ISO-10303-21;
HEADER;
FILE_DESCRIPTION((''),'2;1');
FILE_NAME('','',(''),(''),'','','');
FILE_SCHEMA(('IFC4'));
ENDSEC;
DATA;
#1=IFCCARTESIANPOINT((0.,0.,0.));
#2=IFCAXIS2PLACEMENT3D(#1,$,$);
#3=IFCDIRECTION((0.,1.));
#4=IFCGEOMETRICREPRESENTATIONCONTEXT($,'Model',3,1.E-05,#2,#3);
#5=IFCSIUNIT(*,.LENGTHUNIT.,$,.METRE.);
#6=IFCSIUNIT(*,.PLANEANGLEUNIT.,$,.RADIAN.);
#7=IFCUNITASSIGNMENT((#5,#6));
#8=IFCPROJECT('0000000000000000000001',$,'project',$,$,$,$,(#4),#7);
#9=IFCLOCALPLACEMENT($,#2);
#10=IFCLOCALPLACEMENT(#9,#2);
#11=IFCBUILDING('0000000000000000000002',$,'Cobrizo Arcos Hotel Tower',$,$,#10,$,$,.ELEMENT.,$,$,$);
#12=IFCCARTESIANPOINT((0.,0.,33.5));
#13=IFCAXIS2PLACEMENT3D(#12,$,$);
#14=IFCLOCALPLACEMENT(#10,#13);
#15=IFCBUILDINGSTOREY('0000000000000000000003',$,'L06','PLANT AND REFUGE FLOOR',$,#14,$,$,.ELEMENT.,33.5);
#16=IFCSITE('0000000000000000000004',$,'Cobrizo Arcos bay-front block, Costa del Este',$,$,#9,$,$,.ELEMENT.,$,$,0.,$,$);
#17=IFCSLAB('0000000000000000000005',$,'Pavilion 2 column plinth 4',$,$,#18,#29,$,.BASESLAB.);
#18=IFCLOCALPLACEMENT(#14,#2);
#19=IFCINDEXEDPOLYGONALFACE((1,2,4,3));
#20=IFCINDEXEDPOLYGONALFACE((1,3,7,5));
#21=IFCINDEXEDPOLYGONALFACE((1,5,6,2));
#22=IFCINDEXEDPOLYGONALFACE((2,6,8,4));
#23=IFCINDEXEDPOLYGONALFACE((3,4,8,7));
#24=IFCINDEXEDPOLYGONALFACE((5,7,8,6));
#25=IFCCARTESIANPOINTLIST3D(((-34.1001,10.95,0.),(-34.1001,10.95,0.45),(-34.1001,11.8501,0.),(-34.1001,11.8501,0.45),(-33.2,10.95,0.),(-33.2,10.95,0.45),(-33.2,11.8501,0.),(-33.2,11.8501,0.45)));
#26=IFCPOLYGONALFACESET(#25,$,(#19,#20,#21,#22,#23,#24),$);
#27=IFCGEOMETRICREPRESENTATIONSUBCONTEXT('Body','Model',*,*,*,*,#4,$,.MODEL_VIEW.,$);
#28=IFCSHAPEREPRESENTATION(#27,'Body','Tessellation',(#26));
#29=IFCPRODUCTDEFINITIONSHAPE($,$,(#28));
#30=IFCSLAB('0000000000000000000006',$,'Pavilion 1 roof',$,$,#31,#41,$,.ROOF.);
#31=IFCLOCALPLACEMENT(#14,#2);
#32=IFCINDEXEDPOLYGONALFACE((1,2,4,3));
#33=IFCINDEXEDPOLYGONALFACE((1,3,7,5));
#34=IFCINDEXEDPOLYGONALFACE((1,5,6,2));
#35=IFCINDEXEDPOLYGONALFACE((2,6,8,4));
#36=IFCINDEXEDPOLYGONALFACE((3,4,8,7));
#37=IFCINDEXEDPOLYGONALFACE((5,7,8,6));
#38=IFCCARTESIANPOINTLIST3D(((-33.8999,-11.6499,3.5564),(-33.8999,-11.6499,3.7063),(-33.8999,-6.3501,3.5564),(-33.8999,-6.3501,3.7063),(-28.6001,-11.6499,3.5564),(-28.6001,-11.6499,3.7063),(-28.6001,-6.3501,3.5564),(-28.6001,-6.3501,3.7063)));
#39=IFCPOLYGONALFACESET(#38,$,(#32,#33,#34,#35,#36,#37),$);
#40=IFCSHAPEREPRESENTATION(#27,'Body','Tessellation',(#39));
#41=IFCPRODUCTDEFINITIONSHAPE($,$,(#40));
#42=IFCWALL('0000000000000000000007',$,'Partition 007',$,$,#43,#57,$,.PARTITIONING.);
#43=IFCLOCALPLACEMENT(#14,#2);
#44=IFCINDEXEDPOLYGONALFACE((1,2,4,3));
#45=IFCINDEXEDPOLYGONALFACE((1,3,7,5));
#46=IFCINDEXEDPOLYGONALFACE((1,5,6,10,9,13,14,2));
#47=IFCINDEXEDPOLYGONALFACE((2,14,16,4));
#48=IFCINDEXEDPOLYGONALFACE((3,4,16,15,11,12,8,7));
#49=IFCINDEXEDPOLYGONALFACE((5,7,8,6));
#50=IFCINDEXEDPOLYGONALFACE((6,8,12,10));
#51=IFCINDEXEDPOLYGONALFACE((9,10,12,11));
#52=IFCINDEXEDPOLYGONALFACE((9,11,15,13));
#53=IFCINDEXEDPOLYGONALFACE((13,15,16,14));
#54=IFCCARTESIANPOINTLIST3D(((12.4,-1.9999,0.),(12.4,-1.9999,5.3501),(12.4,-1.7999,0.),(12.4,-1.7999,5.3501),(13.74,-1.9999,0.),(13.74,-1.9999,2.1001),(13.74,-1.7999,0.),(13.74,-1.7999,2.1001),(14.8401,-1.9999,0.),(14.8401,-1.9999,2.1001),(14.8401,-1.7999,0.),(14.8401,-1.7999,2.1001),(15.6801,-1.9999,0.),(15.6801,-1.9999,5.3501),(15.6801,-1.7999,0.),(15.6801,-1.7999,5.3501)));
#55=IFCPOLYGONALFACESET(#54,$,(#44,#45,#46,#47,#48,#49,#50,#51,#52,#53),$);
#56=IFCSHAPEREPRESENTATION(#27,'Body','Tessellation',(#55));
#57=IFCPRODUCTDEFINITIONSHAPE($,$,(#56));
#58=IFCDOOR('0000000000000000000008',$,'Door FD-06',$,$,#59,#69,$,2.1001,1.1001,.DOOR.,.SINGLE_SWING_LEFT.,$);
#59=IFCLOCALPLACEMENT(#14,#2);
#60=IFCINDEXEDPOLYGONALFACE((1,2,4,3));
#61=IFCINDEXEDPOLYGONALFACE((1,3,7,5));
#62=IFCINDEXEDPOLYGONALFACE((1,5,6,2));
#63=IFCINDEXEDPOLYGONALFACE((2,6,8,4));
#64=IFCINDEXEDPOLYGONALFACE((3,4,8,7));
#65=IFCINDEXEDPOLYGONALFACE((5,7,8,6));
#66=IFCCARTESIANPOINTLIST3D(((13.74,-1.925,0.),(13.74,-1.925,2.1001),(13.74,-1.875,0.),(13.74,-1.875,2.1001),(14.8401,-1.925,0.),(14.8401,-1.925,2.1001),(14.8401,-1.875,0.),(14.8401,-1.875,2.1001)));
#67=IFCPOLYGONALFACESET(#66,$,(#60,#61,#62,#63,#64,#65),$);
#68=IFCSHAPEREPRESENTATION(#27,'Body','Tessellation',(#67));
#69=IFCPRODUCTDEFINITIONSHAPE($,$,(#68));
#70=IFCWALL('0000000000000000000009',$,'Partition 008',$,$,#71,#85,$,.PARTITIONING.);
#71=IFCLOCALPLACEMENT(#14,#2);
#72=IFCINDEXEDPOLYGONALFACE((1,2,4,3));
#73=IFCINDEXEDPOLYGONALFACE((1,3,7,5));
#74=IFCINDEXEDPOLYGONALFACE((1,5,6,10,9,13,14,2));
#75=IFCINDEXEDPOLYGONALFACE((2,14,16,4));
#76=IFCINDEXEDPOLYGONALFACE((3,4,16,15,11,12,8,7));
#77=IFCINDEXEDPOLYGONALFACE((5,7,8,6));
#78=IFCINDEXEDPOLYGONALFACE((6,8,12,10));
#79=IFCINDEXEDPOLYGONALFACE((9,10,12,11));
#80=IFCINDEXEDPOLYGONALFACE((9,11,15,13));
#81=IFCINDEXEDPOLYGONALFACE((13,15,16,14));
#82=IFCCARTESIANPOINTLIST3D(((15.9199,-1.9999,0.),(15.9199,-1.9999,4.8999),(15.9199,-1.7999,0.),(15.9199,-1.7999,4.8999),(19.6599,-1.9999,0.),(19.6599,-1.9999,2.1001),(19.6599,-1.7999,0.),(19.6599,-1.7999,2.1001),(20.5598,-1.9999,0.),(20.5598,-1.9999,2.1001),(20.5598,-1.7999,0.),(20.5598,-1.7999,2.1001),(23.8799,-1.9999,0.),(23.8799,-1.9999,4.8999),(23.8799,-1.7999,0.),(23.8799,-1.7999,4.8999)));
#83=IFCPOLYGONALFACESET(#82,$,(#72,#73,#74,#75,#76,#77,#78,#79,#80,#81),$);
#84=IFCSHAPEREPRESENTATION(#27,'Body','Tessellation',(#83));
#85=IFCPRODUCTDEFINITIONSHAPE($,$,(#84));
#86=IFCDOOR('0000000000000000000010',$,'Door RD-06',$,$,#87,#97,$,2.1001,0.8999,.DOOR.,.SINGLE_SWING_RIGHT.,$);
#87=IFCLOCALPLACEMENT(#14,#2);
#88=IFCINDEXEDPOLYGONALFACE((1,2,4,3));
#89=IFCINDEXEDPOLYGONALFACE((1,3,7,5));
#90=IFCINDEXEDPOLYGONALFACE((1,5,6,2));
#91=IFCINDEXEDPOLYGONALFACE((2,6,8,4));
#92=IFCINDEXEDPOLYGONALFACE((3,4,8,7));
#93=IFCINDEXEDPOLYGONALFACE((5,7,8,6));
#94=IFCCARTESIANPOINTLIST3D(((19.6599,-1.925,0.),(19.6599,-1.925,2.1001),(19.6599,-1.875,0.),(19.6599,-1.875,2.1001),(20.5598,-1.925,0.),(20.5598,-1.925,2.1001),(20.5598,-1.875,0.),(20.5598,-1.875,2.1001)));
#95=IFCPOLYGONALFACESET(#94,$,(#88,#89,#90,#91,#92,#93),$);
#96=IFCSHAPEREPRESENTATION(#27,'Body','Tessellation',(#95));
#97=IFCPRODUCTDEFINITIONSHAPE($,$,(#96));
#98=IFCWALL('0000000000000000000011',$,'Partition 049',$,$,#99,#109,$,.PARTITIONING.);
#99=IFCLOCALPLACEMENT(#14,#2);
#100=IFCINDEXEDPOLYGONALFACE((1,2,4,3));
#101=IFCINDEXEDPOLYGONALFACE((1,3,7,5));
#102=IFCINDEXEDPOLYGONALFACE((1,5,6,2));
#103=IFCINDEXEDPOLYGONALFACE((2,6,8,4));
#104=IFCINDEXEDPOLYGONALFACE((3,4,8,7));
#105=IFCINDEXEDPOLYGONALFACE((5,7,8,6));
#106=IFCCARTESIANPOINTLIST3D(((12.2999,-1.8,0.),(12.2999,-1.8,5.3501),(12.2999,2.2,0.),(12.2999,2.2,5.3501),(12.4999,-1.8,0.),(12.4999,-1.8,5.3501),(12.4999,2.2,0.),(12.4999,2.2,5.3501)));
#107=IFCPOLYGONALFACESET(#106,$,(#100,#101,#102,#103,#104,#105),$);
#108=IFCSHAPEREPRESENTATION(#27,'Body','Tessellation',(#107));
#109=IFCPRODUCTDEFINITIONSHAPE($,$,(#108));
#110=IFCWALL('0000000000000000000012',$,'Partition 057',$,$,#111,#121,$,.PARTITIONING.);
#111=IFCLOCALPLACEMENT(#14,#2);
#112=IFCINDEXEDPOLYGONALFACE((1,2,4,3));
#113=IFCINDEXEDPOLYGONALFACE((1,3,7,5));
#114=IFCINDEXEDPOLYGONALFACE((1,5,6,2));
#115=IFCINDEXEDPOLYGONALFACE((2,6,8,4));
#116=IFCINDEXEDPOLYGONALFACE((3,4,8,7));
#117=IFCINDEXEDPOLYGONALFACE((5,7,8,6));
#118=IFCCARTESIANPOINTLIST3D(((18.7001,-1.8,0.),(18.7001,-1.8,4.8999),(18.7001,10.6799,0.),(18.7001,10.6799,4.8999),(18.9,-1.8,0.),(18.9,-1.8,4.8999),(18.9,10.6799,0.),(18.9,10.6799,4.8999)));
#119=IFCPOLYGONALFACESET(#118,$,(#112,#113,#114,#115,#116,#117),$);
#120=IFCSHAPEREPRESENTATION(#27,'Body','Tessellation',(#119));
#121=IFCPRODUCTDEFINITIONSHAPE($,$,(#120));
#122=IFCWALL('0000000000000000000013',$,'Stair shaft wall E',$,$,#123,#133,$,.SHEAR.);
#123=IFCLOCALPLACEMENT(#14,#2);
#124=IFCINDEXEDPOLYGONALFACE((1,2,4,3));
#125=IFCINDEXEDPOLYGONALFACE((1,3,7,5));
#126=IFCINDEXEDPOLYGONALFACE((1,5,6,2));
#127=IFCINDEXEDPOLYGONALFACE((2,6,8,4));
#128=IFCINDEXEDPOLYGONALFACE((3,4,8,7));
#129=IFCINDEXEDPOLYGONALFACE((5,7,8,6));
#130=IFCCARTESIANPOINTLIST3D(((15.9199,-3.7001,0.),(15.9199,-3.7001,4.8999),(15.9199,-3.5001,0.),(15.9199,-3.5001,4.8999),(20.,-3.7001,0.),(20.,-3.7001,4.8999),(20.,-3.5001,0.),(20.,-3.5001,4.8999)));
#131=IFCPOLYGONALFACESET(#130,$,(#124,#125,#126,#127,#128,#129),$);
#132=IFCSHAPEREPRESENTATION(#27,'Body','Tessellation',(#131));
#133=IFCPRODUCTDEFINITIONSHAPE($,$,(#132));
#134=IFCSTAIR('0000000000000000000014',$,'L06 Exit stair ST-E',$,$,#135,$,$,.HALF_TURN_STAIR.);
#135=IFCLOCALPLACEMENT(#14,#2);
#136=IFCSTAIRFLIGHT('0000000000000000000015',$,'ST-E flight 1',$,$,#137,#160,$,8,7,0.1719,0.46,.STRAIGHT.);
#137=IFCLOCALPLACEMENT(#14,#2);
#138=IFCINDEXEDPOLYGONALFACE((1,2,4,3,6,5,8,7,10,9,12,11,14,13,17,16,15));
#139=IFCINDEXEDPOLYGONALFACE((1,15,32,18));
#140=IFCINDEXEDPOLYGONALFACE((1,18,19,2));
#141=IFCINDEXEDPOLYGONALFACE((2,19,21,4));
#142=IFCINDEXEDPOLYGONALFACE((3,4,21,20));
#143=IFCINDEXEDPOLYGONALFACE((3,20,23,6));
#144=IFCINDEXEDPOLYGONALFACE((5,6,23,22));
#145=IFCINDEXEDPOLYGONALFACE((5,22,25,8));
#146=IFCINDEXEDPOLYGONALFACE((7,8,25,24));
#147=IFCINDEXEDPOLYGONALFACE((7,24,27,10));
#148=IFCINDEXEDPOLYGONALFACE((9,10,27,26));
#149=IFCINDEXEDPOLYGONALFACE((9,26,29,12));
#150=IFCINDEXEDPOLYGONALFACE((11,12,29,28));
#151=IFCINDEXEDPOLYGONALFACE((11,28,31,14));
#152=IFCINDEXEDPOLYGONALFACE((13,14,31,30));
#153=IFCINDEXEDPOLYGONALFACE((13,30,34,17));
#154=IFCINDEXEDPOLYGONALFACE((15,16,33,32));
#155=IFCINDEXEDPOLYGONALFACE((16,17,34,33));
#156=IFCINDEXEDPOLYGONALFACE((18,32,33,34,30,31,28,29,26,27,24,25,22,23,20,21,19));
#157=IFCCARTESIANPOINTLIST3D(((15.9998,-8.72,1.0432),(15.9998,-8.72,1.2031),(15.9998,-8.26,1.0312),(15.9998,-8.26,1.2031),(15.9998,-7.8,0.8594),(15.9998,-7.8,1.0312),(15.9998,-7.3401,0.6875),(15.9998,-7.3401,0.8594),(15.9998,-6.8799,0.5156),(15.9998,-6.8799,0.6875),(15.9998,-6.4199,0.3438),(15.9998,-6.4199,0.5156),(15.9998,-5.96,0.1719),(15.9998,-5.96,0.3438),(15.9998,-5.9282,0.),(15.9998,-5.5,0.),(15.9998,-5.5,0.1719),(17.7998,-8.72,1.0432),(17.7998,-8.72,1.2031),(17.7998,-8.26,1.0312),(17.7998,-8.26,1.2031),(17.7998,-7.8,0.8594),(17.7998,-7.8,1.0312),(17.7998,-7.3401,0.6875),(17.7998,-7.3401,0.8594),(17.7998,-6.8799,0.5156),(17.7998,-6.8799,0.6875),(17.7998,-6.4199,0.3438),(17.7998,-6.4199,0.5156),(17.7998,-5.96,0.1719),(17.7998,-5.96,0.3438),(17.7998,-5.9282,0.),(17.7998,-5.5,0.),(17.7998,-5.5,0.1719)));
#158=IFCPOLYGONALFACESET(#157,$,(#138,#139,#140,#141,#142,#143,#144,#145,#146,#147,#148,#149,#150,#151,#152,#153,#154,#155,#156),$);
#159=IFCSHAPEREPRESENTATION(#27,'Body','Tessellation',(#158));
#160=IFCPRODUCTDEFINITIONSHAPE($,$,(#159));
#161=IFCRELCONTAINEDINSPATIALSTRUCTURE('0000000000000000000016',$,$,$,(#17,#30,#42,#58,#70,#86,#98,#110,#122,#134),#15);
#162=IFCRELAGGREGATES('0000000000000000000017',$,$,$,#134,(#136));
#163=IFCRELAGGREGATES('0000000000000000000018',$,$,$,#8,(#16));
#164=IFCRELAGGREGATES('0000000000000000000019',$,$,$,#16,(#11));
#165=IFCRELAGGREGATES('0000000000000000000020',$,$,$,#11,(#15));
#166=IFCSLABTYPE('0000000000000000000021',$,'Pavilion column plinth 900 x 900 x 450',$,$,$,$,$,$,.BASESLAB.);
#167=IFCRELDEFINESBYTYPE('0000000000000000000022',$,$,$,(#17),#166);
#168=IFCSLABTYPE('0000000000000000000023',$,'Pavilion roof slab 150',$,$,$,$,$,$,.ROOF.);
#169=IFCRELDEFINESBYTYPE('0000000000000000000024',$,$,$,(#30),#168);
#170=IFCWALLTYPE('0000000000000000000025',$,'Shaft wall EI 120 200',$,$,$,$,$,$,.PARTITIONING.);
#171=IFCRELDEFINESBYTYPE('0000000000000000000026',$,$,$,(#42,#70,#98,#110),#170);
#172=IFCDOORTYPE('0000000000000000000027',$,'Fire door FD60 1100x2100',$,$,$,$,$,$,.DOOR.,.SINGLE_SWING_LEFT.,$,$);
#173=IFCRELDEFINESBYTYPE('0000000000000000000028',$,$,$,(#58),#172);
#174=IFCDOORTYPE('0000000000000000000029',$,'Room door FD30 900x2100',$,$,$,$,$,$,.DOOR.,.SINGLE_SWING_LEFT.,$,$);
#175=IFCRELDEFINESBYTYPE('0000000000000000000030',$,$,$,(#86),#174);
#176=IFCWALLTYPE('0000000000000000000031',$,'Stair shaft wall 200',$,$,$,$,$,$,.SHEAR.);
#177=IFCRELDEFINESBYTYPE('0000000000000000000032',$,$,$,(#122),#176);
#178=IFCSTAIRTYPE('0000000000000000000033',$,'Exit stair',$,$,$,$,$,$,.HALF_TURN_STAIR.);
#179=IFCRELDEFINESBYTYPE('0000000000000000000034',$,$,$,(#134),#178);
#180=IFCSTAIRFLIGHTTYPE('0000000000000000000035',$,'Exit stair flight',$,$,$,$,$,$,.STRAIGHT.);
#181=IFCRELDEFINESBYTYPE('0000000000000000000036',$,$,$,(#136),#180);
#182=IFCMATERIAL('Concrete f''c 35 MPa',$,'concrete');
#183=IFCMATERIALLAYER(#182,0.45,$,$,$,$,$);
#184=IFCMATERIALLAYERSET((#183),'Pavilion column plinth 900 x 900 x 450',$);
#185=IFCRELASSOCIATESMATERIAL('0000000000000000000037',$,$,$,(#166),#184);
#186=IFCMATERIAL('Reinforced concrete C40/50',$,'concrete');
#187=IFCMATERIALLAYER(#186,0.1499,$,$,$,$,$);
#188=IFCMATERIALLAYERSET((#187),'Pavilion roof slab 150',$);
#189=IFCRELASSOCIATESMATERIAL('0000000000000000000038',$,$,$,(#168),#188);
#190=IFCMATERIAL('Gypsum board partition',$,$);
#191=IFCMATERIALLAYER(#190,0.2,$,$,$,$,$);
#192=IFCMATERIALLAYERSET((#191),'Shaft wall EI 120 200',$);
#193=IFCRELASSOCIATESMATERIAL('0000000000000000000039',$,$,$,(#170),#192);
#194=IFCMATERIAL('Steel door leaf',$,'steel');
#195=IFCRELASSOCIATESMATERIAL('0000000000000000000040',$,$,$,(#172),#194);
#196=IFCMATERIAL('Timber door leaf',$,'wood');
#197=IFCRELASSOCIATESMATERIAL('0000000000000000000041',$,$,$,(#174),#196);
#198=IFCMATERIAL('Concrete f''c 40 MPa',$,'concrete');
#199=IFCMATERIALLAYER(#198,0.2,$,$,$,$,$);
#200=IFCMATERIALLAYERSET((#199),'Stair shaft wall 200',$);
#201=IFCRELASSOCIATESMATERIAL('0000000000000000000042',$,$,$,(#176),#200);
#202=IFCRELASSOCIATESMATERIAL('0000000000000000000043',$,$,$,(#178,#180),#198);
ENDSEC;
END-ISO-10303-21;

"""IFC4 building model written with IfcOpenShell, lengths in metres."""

from ifc_helpers import new_model, si_unit, direction, frame, frame_2d, origin, place, context, subcontext, project, spatial, polyline, rectangle, outline, extrude, material, layer, layer_set, type_object, element, fill, aggregate, save


model = new_model("IFC4")

# Units and contexts
model_context = context("Model", 3, precision=1e-05, world=origin(), true_north=direction((0.0, 1.0)))
body_context = subcontext(model_context, "Body", "Model", "MODEL_VIEW")
ifc_project = project(units=[si_unit("LENGTHUNIT", "METRE"), si_unit("PLANEANGLEUNIT", "RADIAN")], contexts=[model_context])

# Site, building, storey
site_placement = place(None, origin())
site = spatial("IfcSite", under=ifc_project, at=site_placement, Name="Cobrizo Arcos bay-front block, Costa del Este", CompositionType="ELEMENT", RefElevation=0.0)
building_placement = place(site_placement, origin())
building = spatial("IfcBuilding", under=site, at=building_placement, Name="Cobrizo Arcos Hotel Tower", CompositionType="ELEMENT")
storey_placement = place(building_placement, frame((0.0, 0.0, 33.5)))
storey = spatial("IfcBuildingStorey", under=building, at=storey_placement, Name="L06", Description="PLANT AND REFUGE FLOOR", CompositionType="ELEMENT", Elevation=33.5)

# Slabs
ifc_material_1 = material(Name="Concrete f'c 35 MPa", Category="concrete")
ifc_layer_1 = layer(ifc_material_1, 0.45)
ifc_layer_set_1 = layer_set([ifc_layer_1], Name="Pavilion column plinth 900 x 900 x 450")
slab_type_1 = type_object("IfcSlabType", Name="Pavilion column plinth 900 x 900 x 450", PredefinedType="BASESLAB", material=ifc_layer_set_1)
slab_1_placement = place(storey_placement, origin())
element("IfcSlab", 1, at=slab_1_placement, inside=storey, type_object=slab_type_1, Name="Pavilion 2 column plinth 4", PredefinedType="BASESLAB", context=body_context, shape_type="SweptSolid", body=[
    extrude(outline(polyline([(-33.2, 10.95), (-33.2, 11.8501), (-34.1001, 11.8501), (-34.1001, 10.95), (-33.2, 10.95)])), origin(), (0.0, 0.0, 1.0), 0.45),
])
ifc_material_2 = material(Name="Reinforced concrete C40/50", Category="concrete")
ifc_layer_2 = layer(ifc_material_2, 0.1499)
ifc_layer_set_2 = layer_set([ifc_layer_2], Name="Pavilion roof slab 150")
slab_type_2 = type_object("IfcSlabType", Name="Pavilion roof slab 150", PredefinedType="ROOF", material=ifc_layer_set_2)
slab_2_placement = place(storey_placement, frame((0.0, 0.0, 3.5564)))
element("IfcSlab", 2, at=slab_2_placement, inside=storey, type_object=slab_type_2, Name="Pavilion 1 roof", PredefinedType="ROOF", context=body_context, shape_type="SweptSolid", body=[
    extrude(outline(polyline([(-33.8999, -11.6499), (-28.6001, -11.6499), (-28.6001, -6.3501), (-33.8999, -6.3501), (-33.8999, -11.6499)])), origin(), (0.0, 0.0, 1.0), 0.1499),
])

# Walls, openings, doors
ifc_material_3 = material(Name="Gypsum board partition")
ifc_layer_3 = layer(ifc_material_3, 0.2)
ifc_layer_set_3 = layer_set([ifc_layer_3], Name="Shaft wall EI 120 200")
wall_type_1 = type_object("IfcWallType", Name="Shaft wall EI 120 200", PredefinedType="PARTITIONING", material=ifc_layer_set_3)
wall_1_placement = place(storey_placement, frame((12.3999, -1.8999, 0.0), z_axis=(0.0, 0.0, 1.0), x_axis=(1.0, 0.0, 0.0)))
wall_1 = element("IfcWall", 3, at=wall_1_placement, inside=storey, type_object=wall_type_1, Name="Partition 007", PredefinedType="PARTITIONING", context=body_context, shape_type="SweptSolid", body=[
    extrude(rectangle(XDim=3.28, YDim=0.2, at=frame_2d((1.6401, 0.0))), origin(), (0.0, 0.0, 1.0), 5.3501),
])
opening_1_placement = place(wall_1_placement, frame((1.3401, 0.0, 0.0)))
opening_1 = element("IfcOpeningElement", 4, at=opening_1_placement, cuts=wall_1, PredefinedType="OPENING", context=body_context, shape_type="SweptSolid", body=[
    extrude(rectangle(XDim=1.1001, YDim=2.1001, at=frame_2d((0.55, 1.05))), frame((0.0, 0.1121, 0.0), z_axis=(0.0, -1.0, 0.0), x_axis=(1.0, 0.0, 0.0)), (0.0, 0.0, 1.0), 0.2239),
])
ifc_material_4 = material(Name="Steel door leaf", Category="steel")
door_type_1 = type_object("IfcDoorType", Name="Fire door FD60 1100x2100", OperationType="SINGLE_SWING_LEFT", PredefinedType="DOOR", material=ifc_material_4)
door_1_placement = place(opening_1_placement, origin())
door_1 = element("IfcDoor", 5, at=door_1_placement, inside=storey, type_object=door_type_1, Name="Door FD-06", OperationType="SINGLE_SWING_LEFT", OverallHeight=2.1001, OverallWidth=1.1001, PredefinedType="DOOR", context=body_context, shape_type="SweptSolid", body=[
    extrude(rectangle(XDim=1.1001, YDim=2.1001, at=frame_2d((0.55, 1.05))), frame((0.0, 0.0249, 0.0), z_axis=(0.0, -1.0, 0.0), x_axis=(1.0, 0.0, 0.0)), (0.0, 0.0, 1.0), 0.05),
])
fill(opening_1, door_1)
wall_2_placement = place(storey_placement, frame((15.9199, -1.8999, 0.0), z_axis=(0.0, 0.0, 1.0), x_axis=(1.0, 0.0, 0.0)))
wall_2 = element("IfcWall", 6, at=wall_2_placement, inside=storey, type_object=wall_type_1, Name="Partition 008", PredefinedType="PARTITIONING", context=body_context, shape_type="SweptSolid", body=[
    extrude(rectangle(XDim=7.96, YDim=0.2, at=frame_2d((3.98, 0.0))), origin(), (0.0, 0.0, 1.0), 4.8999),
])
opening_2_placement = place(wall_2_placement, frame((3.74, 0.0, 0.0)))
opening_2 = element("IfcOpeningElement", 7, at=opening_2_placement, cuts=wall_2, PredefinedType="OPENING", context=body_context, shape_type="SweptSolid", body=[
    extrude(rectangle(XDim=0.8999, YDim=2.1001, at=frame_2d((0.45, 1.05))), frame((0.0, 0.1121, 0.0), z_axis=(0.0, -1.0, 0.0), x_axis=(1.0, 0.0, 0.0)), (0.0, 0.0, 1.0), 0.2239),
])
ifc_material_5 = material(Name="Timber door leaf", Category="wood")
door_type_2 = type_object("IfcDoorType", Name="Room door FD30 900x2100", OperationType="SINGLE_SWING_LEFT", PredefinedType="DOOR", material=ifc_material_5)
door_2_placement = place(opening_2_placement, origin())
door_2 = element("IfcDoor", 8, at=door_2_placement, inside=storey, type_object=door_type_2, Name="Door RD-06", OperationType="SINGLE_SWING_RIGHT", OverallHeight=2.1001, OverallWidth=0.8999, PredefinedType="DOOR", context=body_context, shape_type="SweptSolid", body=[
    extrude(rectangle(XDim=0.8999, YDim=2.1001, at=frame_2d((0.45, 1.05))), frame((0.0, 0.0249, 0.0), z_axis=(0.0, -1.0, 0.0), x_axis=(1.0, 0.0, 0.0)), (0.0, 0.0, 1.0), 0.05),
])
fill(opening_2, door_2)

# Walls
wall_3_placement = place(storey_placement, frame((12.3999, -1.8, 0.0), z_axis=(0.0, 0.0, 1.0), x_axis=(0.0, 1.0, 0.0)))
element("IfcWall", 9, at=wall_3_placement, inside=storey, type_object=wall_type_1, Name="Partition 049", PredefinedType="PARTITIONING", context=body_context, shape_type="SweptSolid", body=[
    extrude(rectangle(XDim=4.0, YDim=0.2, at=frame_2d((2.0, 0.0))), origin(), (0.0, 0.0, 1.0), 5.3501),
])
wall_4_placement = place(storey_placement, frame((18.8, -1.8, 0.0), z_axis=(0.0, 0.0, 1.0), x_axis=(0.0, 1.0, 0.0)))
element("IfcWall", 10, at=wall_4_placement, inside=storey, type_object=wall_type_1, Name="Partition 057", PredefinedType="PARTITIONING", context=body_context, shape_type="SweptSolid", body=[
    extrude(rectangle(XDim=12.48, YDim=0.2, at=frame_2d((6.24, 0.0))), origin(), (0.0, 0.0, 1.0), 4.8999),
])
ifc_material_6 = material(Name="Concrete f'c 40 MPa", Category="concrete")
ifc_layer_4 = layer(ifc_material_6, 0.2)
ifc_layer_set_4 = layer_set([ifc_layer_4], Name="Stair shaft wall 200")
wall_type_2 = type_object("IfcWallType", Name="Stair shaft wall 200", PredefinedType="SHEAR", material=ifc_layer_set_4)
wall_5_placement = place(storey_placement, frame((15.9199, -3.6001, 0.0), z_axis=(0.0, 0.0, 1.0), x_axis=(1.0, 0.0, 0.0)))
element("IfcWall", 11, at=wall_5_placement, inside=storey, type_object=wall_type_2, Name="Stair shaft wall E", PredefinedType="SHEAR", context=body_context, shape_type="SweptSolid", body=[
    extrude(rectangle(XDim=4.0801, YDim=0.2, at=frame_2d((2.04, 0.0))), origin(), (0.0, 0.0, 1.0), 4.8999),
])

# Stair, stair flight
stair_type = type_object("IfcStairType", Name="Exit stair", PredefinedType="HALF_TURN_STAIR", material=ifc_material_6)
stair_placement = place(storey_placement, origin())
stair = element("IfcStair", 12, at=stair_placement, inside=storey, type_object=stair_type, Name="L06 Exit stair ST-E", PredefinedType="HALF_TURN_STAIR")
stair_flight_type = type_object("IfcStairFlightType", Name="Exit stair flight", PredefinedType="STRAIGHT", material=ifc_material_6)
stair_flight_1_placement = place(storey_placement, frame((16.8999, -5.5, 0.0), z_axis=(0.0, 0.0, 1.0), x_axis=(0.0, -1.0, 0.0)))
stair_flight_1 = element("IfcStairFlight", 13, at=stair_flight_1_placement, type_object=stair_flight_type, Name="ST-E flight 1", NumberOfRisers=8, NumberOfTreads=7, PredefinedType="STRAIGHT", RiserHeight=0.1719, TreadLength=0.46, context=body_context, shape_type="SweptSolid", body=[
    extrude(outline(polyline([(0.0, 0.0), (0.0, 0.1719), (0.46, 0.1719), (0.46, 0.3438), (0.9199, 0.3438), (0.9199, 0.5156), (1.3799, 0.5156), (1.3799, 0.6875), (1.8401, 0.6875), (1.8401, 0.8594), (2.3, 0.8594), (2.3, 1.0312), (2.76, 1.0312), (2.76, 1.2031), (3.22, 1.2031), (3.22, 1.375), (3.22, 1.0432), (0.4282, 0.0), (0.0, 0.0)])), frame((0.0, 0.8999, 0.0), z_axis=(0.0, -1.0, 0.0), x_axis=(1.0, 0.0, 0.0)), (0.0, 0.0, 1.0), 1.8),
])
aggregate(stair, [stair_flight_1])

save(model, "model.ifc")
